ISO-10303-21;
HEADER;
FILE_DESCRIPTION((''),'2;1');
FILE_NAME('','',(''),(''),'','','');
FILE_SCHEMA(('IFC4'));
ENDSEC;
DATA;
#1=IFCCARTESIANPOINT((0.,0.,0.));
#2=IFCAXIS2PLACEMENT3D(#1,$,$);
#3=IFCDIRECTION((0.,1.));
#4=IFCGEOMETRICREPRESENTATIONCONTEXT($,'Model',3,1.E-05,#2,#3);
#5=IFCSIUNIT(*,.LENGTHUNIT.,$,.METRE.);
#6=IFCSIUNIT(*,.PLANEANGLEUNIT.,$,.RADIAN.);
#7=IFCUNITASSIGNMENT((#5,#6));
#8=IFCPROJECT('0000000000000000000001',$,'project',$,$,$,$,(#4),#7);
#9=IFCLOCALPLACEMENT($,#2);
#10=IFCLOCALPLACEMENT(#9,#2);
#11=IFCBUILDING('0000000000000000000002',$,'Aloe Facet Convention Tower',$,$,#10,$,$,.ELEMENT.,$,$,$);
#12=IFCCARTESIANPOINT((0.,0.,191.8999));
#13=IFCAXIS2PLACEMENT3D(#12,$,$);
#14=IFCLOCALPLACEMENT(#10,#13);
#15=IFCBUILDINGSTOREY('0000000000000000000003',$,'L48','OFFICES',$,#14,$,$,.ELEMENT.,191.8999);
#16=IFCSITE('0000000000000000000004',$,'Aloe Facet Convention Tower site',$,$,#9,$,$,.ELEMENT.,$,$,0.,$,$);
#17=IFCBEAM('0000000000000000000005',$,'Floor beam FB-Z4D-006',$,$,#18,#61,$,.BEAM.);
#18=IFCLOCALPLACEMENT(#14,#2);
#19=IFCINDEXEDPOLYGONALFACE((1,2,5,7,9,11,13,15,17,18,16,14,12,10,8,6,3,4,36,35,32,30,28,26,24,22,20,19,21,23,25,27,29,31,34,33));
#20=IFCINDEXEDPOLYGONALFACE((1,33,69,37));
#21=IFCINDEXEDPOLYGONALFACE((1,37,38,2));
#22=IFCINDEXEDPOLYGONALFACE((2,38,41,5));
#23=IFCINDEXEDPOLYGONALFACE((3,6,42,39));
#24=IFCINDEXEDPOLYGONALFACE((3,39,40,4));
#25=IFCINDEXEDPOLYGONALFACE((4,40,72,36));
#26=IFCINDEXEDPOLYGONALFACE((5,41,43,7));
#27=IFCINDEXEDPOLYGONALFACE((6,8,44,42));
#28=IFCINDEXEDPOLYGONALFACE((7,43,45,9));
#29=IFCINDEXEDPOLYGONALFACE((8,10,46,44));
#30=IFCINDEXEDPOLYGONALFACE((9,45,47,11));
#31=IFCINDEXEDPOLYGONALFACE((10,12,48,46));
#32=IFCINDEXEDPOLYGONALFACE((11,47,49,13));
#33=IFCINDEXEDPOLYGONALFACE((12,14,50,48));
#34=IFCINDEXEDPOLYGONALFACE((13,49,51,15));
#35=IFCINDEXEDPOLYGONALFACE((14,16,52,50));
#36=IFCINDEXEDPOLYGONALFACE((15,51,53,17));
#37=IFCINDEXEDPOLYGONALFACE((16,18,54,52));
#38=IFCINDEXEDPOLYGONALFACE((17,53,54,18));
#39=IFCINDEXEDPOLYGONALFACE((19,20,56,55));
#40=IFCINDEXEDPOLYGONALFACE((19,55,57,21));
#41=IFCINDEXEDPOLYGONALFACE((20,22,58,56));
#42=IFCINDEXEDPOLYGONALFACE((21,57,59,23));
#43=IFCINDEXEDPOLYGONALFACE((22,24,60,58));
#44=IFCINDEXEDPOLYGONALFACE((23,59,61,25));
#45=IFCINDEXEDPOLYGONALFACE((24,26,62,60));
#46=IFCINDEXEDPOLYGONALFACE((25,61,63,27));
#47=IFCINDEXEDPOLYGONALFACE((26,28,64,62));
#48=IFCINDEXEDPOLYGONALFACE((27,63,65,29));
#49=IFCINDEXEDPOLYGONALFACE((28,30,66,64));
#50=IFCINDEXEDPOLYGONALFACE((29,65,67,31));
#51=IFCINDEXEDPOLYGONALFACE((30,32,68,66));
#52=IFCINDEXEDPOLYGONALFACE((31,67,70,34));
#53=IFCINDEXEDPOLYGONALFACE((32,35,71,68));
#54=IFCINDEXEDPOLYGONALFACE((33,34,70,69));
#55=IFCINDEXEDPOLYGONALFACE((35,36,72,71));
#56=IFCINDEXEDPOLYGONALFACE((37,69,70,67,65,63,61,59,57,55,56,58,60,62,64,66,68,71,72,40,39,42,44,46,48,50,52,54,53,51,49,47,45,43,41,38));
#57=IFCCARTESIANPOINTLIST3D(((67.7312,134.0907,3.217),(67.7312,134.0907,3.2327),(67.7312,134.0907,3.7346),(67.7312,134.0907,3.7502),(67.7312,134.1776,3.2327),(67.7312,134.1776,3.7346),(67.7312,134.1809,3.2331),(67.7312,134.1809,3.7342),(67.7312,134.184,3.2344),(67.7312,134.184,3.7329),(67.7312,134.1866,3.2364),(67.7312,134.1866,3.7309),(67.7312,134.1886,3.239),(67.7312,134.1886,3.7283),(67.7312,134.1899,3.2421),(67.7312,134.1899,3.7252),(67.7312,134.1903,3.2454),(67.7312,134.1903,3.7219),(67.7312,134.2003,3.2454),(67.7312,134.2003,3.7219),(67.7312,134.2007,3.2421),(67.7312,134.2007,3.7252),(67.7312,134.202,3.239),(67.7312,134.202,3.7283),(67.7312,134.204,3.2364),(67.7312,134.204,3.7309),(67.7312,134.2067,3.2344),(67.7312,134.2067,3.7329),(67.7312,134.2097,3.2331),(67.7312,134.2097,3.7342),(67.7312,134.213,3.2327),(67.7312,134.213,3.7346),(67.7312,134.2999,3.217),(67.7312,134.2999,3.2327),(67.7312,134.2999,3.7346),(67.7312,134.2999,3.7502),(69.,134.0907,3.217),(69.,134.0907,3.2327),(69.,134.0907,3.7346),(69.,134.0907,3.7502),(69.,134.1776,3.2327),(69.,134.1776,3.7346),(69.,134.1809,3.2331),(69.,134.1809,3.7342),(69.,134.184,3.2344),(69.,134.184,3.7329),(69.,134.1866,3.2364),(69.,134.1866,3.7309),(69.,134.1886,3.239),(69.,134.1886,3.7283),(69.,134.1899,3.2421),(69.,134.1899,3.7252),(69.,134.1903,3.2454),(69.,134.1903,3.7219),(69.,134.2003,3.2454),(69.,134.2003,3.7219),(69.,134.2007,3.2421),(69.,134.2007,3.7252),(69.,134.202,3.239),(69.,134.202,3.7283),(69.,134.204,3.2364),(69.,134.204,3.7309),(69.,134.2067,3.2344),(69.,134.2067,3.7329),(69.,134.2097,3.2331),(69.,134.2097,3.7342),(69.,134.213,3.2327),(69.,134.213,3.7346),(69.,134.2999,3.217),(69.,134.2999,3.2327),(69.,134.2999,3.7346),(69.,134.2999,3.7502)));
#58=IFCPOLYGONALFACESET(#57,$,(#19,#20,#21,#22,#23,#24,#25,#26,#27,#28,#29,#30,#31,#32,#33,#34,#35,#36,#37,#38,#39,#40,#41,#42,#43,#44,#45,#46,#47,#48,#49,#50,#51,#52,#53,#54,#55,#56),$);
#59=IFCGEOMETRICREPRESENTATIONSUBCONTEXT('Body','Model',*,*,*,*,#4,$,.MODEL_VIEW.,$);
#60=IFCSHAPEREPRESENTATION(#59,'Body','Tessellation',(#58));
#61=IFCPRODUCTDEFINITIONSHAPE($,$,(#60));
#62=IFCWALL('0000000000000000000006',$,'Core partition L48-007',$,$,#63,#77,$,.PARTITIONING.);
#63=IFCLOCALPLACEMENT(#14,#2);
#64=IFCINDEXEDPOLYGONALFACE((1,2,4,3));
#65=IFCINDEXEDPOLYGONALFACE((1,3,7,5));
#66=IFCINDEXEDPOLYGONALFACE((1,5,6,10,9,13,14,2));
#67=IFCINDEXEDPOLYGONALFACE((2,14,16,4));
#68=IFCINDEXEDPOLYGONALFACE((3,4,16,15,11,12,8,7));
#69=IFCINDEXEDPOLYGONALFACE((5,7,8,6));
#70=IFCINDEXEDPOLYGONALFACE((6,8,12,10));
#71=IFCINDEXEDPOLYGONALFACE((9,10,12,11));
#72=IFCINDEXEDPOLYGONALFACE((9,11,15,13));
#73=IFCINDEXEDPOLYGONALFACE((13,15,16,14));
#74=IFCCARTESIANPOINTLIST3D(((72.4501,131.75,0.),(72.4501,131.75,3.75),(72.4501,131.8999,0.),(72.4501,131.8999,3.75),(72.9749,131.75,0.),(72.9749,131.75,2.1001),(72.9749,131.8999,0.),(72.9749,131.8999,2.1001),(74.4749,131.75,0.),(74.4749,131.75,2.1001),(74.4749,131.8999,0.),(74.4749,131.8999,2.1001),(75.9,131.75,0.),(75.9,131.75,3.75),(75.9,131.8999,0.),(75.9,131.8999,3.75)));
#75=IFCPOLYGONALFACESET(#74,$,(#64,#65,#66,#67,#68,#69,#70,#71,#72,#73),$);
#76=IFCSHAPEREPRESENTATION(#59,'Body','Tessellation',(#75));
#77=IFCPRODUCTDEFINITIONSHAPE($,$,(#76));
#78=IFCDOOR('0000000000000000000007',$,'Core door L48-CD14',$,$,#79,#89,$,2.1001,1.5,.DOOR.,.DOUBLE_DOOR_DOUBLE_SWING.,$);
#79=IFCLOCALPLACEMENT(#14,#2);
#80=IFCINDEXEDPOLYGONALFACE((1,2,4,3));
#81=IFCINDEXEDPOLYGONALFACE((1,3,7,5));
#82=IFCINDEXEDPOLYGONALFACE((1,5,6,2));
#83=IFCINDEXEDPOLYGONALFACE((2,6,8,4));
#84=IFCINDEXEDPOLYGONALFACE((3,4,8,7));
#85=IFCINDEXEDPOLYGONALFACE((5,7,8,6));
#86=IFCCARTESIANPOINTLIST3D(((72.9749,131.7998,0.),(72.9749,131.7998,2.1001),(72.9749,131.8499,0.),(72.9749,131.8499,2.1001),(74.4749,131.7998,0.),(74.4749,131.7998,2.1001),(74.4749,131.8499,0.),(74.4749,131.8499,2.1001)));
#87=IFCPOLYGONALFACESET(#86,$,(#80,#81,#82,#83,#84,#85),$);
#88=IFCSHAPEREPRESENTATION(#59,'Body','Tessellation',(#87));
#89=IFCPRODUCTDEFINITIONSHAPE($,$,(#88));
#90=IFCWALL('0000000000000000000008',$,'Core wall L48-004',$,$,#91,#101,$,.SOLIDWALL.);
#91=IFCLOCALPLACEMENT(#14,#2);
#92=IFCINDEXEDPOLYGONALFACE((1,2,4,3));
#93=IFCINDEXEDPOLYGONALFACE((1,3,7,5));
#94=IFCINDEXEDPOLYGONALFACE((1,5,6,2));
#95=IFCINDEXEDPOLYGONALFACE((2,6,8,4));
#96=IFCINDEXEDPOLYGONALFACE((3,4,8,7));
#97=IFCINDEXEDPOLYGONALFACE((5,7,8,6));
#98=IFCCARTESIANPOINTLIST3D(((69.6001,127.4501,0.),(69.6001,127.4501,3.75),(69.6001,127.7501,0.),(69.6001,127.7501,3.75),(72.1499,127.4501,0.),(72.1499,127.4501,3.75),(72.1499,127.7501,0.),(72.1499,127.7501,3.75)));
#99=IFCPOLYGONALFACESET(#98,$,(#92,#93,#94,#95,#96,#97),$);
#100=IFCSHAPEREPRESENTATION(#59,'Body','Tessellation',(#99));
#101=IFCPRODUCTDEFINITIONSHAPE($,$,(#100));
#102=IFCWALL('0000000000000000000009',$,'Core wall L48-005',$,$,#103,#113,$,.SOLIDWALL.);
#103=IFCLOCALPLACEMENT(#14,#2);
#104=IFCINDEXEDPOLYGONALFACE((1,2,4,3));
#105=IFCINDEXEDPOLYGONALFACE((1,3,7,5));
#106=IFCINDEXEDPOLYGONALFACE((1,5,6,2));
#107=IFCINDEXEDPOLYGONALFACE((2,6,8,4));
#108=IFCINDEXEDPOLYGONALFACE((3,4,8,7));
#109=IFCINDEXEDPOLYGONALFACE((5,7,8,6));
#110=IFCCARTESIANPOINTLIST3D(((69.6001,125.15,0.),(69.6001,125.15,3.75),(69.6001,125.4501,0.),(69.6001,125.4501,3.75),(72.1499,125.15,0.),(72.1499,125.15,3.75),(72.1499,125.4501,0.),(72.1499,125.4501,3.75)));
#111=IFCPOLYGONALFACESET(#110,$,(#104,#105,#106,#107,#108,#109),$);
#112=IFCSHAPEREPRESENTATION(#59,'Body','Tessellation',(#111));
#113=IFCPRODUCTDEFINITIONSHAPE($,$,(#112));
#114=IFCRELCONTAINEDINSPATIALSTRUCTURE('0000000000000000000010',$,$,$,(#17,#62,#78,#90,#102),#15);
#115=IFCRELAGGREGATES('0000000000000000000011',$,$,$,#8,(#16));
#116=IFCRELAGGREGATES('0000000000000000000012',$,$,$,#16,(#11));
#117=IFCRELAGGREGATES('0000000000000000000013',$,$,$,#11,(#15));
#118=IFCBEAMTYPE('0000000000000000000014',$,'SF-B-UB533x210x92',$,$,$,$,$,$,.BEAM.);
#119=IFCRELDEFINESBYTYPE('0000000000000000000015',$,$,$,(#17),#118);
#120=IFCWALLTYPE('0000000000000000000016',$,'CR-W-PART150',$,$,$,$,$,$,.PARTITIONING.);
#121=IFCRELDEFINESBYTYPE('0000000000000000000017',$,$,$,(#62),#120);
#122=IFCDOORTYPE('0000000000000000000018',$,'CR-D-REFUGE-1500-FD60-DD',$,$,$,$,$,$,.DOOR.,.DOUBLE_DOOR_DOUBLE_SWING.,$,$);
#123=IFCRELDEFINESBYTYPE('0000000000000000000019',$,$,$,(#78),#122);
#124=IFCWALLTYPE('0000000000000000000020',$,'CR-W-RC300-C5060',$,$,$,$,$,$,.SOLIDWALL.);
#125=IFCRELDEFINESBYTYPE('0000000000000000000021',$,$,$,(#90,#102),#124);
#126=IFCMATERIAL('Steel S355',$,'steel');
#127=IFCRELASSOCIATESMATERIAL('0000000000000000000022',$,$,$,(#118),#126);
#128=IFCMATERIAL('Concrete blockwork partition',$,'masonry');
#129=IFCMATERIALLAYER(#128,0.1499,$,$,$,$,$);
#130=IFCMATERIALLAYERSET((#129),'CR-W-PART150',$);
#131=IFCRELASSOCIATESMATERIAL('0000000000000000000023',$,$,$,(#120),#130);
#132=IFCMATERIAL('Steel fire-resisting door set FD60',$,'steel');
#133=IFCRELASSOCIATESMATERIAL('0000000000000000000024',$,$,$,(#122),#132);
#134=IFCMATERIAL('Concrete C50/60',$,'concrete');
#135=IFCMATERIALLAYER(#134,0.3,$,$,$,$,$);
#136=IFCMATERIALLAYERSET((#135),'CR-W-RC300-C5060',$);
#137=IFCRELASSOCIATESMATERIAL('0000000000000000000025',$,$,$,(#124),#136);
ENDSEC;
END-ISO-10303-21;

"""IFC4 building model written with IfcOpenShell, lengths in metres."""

from ifc_helpers import new_model, si_unit, direction, frame, frame_2d, origin, origin_2d, place, context, subcontext, project, spatial, rectangle, i_section, extrude, material, layer, layer_set, material_profile, profile_set, type_object, element, fill, save


model = new_model("IFC4")

# Units and contexts
model_context = context("Model", 3, precision=1e-05, world=origin(), true_north=direction((0.0, 1.0)))
body_context = subcontext(model_context, "Body", "Model", "MODEL_VIEW")
ifc_project = project(units=[si_unit("LENGTHUNIT", "METRE"), si_unit("PLANEANGLEUNIT", "RADIAN")], contexts=[model_context])

# Site, building, storey
site_placement = place(None, origin())
site = spatial("IfcSite", under=ifc_project, at=site_placement, Name="Aloe Facet Convention Tower site", CompositionType="ELEMENT", RefElevation=0.0)
building_placement = place(site_placement, origin())
building = spatial("IfcBuilding", under=site, at=building_placement, Name="Aloe Facet Convention Tower", CompositionType="ELEMENT")
storey_placement = place(building_placement, frame((0.0, 0.0, 191.8999)))
storey = spatial("IfcBuildingStorey", under=building, at=storey_placement, Name="L48", Description="OFFICES", CompositionType="ELEMENT", Elevation=191.8999)

# Beam
ifc_material_1 = material(Name="Steel S355", Category="steel")
ifc_material_profile = material_profile(ifc_material_1, i_section(OverallWidth=0.2092, OverallDepth=0.5332, WebThickness=0.01, FlangeThickness=0.0156, FilletRadius=0.0127, at=origin_2d()), Name="UB 533x210x92")
ifc_profile_set = profile_set([ifc_material_profile], Name="Steel S355")
beam_type = type_object("IfcBeamType", Name="SF-B-UB533x210x92", PredefinedType="BEAM", material=ifc_profile_set)
beam_placement = place(storey_placement, frame((67.7312, 134.1953, 3.4836), z_axis=(1.0, 0.0, 0.0), x_axis=(0.0, 1.0, 0.0)))
element("IfcBeam", 1, at=beam_placement, inside=storey, type_object=beam_type, Name="Floor beam FB-Z4D-006", PredefinedType="BEAM", context=body_context, shape_type="SweptSolid", body=[
    extrude(i_section(OverallWidth=0.2092, OverallDepth=0.5332, WebThickness=0.01, FlangeThickness=0.0156, FilletRadius=0.0127, at=origin_2d()), origin(), (0.0, 0.0, 1.0), 1.2688),
])

# Wall, opening, door
ifc_material_2 = material(Name="Concrete blockwork partition", Category="masonry")
ifc_layer_1 = layer(ifc_material_2, 0.1499)
ifc_layer_set_1 = layer_set([ifc_layer_1], Name="CR-W-PART150")
wall_type_1 = type_object("IfcWallType", Name="CR-W-PART150", PredefinedType="PARTITIONING", material=ifc_layer_set_1)
wall_1_placement = place(storey_placement, frame((72.45, 131.825, 0.0), z_axis=(0.0, 0.0, 1.0), x_axis=(1.0, 0.0, 0.0)))
wall_1 = element("IfcWall", 2, at=wall_1_placement, inside=storey, type_object=wall_type_1, Name="Core partition L48-007", PredefinedType="PARTITIONING", context=body_context, shape_type="SweptSolid", body=[
    extrude(rectangle(XDim=3.45, YDim=0.1499, at=frame_2d((1.7251, 0.0))), origin(), (0.0, 0.0, 1.0), 3.75),
])
opening_1_placement = place(wall_1_placement, frame((0.5249, 0.0, 0.0)))
opening_1 = element("IfcOpeningElement", 3, at=opening_1_placement, cuts=wall_1, PredefinedType="OPENING", context=body_context, shape_type="SweptSolid", body=[
    extrude(rectangle(XDim=1.5, YDim=2.1001, at=frame_2d((0.75, 1.05))), frame((0.0, 0.085, 0.0), z_axis=(0.0, -1.0, 0.0), x_axis=(1.0, 0.0, 0.0)), (0.0, 0.0, 1.0), 0.1699),
])
ifc_material_3 = material(Name="Steel fire-resisting door set FD60", Category="steel")
door_type_1 = type_object("IfcDoorType", Name="CR-D-REFUGE-1500-FD60-DD", OperationType="DOUBLE_DOOR_DOUBLE_SWING", PredefinedType="DOOR", material=ifc_material_3)
door_1_placement = place(opening_1_placement, origin())
door_1 = element("IfcDoor", 4, at=door_1_placement, inside=storey, type_object=door_type_1, Name="Core door L48-CD14", OperationType="DOUBLE_DOOR_DOUBLE_SWING", OverallHeight=2.1001, OverallWidth=1.5, PredefinedType="DOOR", context=body_context, shape_type="SweptSolid", body=[
    extrude(rectangle(XDim=1.5, YDim=2.1001, at=frame_2d((0.75, 1.05))), frame((0.0, 0.0249, 0.0), z_axis=(0.0, -1.0, 0.0), x_axis=(1.0, 0.0, 0.0)), (0.0, 0.0, 1.0), 0.05),
])
fill(opening_1, door_1)

# Walls
ifc_material_4 = material(Name="Concrete C50/60", Category="concrete")
ifc_layer_2 = layer(ifc_material_4, 0.3)
ifc_layer_set_2 = layer_set([ifc_layer_2], Name="CR-W-RC300-C5060")
wall_type_2 = type_object("IfcWallType", Name="CR-W-RC300-C5060", PredefinedType="SOLIDWALL", material=ifc_layer_set_2)
for number, where, z_axis, x_axis, name in (
    (5, (69.6001, 127.6001, 0.0), (0.0, 0.0, 1.0), (1.0, 0.0, 0.0), "Core wall L48-004"),
    (6, (69.6001, 125.3, 0.0), (0.0, 0.0, 1.0), (1.0, 0.0, 0.0), "Core wall L48-005"),
):
    element("IfcWall", number, at=place(storey_placement, frame(where, z_axis=z_axis, x_axis=x_axis)), inside=storey, type_object=wall_type_2, Name=name, PredefinedType="SOLIDWALL", context=body_context, shape_type="SweptSolid", body=[
        extrude(rectangle(XDim=2.5498, YDim=0.3, at=frame_2d((1.2749, 0.0))), origin(), (0.0, 0.0, 1.0), 3.75),
    ])

save(model, "model.ifc")
